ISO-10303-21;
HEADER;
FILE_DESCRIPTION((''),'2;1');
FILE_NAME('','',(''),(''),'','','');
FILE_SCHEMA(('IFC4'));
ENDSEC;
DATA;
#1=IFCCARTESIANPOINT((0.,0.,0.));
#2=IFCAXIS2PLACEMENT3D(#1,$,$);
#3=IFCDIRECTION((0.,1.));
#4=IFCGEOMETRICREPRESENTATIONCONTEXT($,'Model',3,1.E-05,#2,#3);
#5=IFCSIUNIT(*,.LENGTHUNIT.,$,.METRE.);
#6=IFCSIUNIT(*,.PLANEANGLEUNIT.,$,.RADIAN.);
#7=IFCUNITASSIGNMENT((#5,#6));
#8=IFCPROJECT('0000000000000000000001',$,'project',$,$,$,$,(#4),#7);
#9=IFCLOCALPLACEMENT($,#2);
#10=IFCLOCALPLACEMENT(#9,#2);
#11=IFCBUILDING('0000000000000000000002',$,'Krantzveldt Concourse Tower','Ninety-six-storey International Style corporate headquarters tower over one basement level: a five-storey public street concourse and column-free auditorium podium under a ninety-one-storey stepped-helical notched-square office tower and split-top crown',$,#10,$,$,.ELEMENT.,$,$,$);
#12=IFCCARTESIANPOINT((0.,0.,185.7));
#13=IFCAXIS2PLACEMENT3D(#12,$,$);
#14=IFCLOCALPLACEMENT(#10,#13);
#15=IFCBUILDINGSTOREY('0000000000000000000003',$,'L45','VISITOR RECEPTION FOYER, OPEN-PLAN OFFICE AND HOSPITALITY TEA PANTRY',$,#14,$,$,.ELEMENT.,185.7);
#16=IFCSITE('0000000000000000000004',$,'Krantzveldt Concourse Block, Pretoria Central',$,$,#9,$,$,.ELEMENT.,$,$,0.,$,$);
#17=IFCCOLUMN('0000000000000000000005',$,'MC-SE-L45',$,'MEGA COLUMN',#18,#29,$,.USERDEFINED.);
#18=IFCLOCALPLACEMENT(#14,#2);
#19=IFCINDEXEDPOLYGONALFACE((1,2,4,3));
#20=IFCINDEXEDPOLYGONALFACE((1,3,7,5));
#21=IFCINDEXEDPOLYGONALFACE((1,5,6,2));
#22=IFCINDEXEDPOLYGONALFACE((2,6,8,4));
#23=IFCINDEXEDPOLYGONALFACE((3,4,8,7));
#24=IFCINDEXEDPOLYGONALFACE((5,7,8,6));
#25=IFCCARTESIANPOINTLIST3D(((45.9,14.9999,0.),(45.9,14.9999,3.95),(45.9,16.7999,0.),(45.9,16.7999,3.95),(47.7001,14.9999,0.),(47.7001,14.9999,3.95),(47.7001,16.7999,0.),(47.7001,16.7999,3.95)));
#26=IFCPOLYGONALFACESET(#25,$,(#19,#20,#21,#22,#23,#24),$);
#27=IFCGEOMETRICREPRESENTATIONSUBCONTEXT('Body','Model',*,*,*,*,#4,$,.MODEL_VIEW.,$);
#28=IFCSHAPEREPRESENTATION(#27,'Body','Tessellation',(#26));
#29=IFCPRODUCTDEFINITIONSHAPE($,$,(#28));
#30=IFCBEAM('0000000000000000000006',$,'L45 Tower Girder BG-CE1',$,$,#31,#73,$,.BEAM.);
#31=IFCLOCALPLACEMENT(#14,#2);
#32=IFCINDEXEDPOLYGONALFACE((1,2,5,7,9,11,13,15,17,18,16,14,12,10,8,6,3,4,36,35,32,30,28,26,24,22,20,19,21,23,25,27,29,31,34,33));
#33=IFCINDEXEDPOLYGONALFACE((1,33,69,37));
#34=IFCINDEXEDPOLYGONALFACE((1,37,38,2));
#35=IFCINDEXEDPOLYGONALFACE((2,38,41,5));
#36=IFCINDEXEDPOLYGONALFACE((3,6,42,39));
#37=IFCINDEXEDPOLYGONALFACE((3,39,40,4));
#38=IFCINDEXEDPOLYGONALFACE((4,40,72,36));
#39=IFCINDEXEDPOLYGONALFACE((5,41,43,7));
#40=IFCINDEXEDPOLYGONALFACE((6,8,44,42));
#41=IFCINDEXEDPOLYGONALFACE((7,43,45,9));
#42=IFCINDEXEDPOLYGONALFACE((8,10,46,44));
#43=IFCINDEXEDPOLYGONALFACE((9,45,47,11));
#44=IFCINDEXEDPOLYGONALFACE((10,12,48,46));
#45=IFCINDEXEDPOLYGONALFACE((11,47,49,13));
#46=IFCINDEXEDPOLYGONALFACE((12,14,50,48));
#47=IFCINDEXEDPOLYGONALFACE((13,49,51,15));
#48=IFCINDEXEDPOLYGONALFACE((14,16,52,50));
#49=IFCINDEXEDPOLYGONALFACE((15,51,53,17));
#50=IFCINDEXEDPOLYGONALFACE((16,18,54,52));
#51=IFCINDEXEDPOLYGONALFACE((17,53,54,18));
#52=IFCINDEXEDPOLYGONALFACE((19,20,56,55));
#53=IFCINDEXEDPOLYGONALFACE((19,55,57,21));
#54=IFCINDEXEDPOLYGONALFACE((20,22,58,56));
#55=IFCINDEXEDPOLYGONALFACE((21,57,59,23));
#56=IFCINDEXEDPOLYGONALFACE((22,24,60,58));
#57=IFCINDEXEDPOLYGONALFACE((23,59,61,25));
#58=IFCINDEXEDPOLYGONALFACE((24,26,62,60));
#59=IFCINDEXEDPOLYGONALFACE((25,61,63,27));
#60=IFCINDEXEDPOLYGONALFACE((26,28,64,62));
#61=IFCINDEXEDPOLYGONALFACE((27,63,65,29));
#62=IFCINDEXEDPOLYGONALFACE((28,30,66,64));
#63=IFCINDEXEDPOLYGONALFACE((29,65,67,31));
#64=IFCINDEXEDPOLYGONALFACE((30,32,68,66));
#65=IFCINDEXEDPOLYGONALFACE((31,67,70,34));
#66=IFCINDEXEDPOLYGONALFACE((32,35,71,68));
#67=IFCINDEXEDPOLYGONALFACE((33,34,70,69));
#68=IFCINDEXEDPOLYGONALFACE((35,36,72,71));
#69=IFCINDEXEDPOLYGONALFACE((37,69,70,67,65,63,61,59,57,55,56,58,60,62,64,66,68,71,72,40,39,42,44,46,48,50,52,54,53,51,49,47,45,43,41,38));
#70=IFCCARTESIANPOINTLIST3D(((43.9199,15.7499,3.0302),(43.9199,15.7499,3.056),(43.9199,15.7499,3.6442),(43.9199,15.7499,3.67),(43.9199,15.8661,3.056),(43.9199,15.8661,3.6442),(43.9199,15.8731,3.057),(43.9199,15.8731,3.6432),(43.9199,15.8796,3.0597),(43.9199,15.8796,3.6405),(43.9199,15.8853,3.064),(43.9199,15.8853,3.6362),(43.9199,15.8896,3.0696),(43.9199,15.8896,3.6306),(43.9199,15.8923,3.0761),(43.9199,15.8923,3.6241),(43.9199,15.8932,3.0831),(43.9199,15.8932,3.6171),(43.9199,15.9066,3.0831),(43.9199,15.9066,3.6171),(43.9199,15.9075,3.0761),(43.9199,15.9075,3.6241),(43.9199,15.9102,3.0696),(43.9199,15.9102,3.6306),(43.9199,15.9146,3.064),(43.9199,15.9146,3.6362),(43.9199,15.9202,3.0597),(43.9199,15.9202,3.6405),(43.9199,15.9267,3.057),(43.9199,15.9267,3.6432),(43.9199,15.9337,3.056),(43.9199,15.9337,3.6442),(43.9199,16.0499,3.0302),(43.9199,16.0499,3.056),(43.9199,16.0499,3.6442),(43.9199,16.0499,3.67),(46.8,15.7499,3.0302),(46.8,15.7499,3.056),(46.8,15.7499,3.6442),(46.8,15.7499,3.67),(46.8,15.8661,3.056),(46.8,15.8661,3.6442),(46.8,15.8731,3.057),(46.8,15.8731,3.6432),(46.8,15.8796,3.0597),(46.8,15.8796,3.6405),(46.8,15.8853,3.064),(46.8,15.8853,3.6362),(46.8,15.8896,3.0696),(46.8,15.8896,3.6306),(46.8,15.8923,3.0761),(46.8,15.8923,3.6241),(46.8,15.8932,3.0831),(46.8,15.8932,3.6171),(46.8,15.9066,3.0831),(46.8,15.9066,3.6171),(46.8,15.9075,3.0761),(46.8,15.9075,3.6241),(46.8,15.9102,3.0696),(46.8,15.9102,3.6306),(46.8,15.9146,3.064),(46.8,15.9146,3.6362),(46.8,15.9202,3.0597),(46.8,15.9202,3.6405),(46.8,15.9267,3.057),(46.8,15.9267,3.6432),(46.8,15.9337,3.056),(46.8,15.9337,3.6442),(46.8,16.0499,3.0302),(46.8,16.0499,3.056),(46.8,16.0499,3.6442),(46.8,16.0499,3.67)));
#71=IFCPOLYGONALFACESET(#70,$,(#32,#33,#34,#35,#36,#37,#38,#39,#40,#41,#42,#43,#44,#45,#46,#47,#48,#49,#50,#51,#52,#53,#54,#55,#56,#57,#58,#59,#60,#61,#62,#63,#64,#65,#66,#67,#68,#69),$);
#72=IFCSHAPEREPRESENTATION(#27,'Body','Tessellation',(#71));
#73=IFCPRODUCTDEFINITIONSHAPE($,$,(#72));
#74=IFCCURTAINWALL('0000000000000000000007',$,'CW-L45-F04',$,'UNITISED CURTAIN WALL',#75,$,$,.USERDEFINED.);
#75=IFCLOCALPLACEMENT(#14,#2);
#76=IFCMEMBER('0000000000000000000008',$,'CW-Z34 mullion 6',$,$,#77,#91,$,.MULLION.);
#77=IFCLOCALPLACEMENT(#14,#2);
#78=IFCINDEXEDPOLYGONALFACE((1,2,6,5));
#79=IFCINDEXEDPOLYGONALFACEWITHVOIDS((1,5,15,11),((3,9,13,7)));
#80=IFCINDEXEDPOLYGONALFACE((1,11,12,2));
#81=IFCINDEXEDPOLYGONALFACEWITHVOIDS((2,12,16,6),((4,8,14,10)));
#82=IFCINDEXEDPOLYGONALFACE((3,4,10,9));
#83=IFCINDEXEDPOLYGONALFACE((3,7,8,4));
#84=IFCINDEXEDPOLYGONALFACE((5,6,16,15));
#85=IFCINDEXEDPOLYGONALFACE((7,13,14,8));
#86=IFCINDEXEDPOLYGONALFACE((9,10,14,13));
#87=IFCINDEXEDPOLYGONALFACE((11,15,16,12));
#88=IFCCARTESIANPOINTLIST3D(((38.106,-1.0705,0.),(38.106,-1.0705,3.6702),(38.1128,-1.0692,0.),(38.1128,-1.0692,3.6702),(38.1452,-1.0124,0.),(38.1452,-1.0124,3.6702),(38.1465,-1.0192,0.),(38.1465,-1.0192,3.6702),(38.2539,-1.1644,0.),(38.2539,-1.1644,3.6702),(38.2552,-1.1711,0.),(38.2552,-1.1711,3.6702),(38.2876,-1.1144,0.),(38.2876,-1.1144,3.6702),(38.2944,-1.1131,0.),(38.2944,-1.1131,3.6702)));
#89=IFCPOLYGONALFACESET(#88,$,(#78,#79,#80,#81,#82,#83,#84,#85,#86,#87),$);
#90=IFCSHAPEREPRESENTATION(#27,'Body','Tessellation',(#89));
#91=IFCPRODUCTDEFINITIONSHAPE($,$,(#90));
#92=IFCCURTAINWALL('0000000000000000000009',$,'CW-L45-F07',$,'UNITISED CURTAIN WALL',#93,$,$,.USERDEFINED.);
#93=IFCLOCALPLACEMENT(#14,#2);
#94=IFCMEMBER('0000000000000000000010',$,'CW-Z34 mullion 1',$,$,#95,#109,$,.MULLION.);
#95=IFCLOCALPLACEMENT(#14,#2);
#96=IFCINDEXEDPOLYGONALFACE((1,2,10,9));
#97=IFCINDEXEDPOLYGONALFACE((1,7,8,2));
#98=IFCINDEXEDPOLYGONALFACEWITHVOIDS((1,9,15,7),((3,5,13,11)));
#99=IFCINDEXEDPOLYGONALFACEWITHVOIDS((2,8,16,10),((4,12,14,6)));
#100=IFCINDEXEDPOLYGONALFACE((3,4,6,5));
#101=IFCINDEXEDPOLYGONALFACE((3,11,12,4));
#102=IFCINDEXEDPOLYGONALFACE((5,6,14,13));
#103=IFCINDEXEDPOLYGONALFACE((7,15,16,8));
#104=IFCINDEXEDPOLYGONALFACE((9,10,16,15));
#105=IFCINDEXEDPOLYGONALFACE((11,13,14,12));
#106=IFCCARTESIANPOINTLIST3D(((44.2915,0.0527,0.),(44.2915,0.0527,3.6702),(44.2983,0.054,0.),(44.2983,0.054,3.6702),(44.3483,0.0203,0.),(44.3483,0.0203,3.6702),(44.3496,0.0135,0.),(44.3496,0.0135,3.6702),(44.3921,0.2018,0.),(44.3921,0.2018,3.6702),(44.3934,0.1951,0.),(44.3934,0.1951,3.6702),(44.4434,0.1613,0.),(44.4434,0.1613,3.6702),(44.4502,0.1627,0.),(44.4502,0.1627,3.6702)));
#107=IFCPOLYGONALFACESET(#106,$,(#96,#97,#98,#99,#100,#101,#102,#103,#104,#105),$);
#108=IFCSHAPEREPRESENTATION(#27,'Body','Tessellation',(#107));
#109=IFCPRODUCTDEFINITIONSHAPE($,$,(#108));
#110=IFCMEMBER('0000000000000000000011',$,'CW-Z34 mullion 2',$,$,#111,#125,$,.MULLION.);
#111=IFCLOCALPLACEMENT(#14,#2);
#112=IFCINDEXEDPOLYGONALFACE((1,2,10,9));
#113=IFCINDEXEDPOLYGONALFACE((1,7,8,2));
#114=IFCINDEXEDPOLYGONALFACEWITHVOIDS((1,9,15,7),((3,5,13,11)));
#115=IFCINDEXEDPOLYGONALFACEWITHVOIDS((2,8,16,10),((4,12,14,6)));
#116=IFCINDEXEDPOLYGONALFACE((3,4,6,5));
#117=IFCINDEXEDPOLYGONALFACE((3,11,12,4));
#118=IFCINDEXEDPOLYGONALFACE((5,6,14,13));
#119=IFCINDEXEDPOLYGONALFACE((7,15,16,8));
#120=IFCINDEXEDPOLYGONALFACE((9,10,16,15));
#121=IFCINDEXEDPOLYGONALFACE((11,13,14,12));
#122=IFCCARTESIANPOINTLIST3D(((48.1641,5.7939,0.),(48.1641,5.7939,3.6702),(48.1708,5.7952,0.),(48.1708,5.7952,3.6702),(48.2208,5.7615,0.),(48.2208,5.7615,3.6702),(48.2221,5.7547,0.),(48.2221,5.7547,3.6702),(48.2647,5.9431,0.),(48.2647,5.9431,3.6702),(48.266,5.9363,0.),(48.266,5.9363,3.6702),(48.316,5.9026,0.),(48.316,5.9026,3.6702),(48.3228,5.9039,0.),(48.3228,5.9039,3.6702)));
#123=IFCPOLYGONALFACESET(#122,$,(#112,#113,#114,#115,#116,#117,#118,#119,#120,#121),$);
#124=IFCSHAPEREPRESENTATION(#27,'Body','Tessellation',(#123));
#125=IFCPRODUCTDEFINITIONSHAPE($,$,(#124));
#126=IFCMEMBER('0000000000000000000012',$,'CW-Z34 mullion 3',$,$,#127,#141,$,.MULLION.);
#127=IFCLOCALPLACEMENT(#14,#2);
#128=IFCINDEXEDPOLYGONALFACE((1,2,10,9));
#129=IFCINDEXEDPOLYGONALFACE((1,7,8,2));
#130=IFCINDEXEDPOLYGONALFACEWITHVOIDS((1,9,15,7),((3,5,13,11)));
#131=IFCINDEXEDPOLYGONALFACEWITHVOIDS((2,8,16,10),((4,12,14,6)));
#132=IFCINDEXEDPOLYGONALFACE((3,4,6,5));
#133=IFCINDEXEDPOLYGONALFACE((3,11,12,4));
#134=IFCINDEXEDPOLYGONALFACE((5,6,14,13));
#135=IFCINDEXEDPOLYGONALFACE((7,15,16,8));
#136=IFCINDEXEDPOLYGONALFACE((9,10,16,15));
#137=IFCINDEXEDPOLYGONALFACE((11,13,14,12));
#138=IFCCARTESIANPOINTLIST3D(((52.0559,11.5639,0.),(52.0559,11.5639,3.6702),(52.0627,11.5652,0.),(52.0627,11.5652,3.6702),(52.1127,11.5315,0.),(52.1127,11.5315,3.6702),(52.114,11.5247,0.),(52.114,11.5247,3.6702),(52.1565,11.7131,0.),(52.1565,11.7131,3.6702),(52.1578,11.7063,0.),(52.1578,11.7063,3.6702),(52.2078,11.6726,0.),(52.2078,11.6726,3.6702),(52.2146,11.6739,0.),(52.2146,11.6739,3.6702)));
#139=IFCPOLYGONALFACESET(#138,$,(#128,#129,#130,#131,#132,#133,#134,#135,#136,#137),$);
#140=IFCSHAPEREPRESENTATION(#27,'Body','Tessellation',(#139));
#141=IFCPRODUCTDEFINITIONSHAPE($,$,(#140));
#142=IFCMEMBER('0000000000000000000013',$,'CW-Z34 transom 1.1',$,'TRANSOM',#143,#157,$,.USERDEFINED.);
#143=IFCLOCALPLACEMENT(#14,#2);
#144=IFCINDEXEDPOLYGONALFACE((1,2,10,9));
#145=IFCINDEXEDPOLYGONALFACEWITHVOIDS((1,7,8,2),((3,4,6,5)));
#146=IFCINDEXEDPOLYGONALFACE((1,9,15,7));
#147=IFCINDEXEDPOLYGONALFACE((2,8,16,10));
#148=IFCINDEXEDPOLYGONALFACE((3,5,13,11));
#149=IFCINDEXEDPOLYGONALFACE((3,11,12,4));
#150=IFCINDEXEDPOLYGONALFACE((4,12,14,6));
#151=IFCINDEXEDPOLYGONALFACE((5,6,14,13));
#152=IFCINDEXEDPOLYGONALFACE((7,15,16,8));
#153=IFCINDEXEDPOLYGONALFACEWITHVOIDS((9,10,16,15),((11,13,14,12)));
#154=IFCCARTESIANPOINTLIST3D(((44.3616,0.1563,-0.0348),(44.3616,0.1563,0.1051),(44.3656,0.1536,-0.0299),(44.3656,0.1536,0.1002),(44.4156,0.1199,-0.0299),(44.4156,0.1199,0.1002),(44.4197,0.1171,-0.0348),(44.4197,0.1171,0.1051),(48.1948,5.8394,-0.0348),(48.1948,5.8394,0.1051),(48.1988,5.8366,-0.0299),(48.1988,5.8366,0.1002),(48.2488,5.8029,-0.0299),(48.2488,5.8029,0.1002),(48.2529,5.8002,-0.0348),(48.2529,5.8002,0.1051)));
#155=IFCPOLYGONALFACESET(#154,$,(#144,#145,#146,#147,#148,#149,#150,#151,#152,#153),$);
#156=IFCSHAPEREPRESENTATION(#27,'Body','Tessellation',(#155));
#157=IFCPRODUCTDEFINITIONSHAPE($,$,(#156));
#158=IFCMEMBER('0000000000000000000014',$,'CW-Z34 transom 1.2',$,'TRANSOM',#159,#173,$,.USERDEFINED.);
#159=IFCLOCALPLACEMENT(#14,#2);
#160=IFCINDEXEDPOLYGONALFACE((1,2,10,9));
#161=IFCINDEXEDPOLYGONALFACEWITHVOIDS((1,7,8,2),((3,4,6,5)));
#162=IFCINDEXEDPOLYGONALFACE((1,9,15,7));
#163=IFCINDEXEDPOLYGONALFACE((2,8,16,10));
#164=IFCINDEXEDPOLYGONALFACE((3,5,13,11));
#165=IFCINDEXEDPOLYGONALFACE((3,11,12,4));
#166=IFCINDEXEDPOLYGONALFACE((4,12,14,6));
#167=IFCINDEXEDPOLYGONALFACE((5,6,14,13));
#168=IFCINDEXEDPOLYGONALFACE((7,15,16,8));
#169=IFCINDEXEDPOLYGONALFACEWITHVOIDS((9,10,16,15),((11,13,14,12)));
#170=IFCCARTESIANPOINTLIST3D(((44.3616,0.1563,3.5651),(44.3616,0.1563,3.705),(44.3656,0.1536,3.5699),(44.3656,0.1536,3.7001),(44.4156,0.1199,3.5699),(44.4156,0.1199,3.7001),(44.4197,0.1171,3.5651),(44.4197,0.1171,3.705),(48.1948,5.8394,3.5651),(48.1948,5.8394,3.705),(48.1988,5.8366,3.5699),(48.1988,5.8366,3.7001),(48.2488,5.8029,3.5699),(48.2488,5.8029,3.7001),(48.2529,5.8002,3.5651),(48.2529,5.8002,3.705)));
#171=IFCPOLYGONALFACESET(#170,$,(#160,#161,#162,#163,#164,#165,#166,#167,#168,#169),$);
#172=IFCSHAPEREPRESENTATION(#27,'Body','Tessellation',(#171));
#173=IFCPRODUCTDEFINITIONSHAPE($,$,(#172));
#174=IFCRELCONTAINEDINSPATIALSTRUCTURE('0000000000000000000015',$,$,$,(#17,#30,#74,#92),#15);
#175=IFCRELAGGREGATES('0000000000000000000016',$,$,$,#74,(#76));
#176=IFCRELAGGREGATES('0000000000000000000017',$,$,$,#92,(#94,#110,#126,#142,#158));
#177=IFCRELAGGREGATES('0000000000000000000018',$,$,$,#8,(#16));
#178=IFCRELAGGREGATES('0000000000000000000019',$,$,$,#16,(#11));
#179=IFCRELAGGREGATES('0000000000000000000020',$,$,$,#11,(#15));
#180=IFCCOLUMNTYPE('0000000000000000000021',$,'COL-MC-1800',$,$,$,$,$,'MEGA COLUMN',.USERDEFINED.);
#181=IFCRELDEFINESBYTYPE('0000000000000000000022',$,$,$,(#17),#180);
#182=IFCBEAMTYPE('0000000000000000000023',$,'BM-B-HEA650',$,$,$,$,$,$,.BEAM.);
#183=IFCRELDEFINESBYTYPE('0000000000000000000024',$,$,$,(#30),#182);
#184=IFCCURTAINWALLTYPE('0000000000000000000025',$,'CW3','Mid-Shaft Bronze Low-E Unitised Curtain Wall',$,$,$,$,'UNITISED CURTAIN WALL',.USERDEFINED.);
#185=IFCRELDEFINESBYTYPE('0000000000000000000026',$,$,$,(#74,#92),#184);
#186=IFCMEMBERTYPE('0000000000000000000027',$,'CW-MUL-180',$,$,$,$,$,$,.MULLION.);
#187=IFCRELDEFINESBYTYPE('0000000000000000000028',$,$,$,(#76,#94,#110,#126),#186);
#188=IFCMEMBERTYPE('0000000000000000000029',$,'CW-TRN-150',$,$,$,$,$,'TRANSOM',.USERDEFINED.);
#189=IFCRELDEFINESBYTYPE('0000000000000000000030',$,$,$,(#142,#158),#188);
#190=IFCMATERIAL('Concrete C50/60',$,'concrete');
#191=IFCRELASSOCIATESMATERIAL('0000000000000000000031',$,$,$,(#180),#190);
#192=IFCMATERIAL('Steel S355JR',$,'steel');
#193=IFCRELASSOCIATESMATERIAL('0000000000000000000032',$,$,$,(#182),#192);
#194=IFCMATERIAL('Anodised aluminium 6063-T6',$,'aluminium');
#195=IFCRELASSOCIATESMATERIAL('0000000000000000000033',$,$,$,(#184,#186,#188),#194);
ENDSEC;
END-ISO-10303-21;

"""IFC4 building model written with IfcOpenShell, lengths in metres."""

from ifc_helpers import new_model, si_unit, direction, frame, origin, origin_2d, place, context, subcontext, project, spatial, rectangle, hollow_rectangle, i_section, extrude, source, transform, mapped, material, material_profile, profile_set, type_object, type_shapes, element, aggregate, save


model = new_model("IFC4")

# Units and contexts
model_context = context("Model", 3, precision=1e-05, world=origin(), true_north=direction((0.0, 1.0)))
body_context = subcontext(model_context, "Body", "Model", "MODEL_VIEW")
ifc_project = project(units=[si_unit("LENGTHUNIT", "METRE"), si_unit("PLANEANGLEUNIT", "RADIAN")], contexts=[model_context])

# Site, building, storey
site_placement = place(None, origin())
site = spatial("IfcSite", under=ifc_project, at=site_placement, Name="Krantzveldt Concourse Block, Pretoria Central", CompositionType="ELEMENT", RefElevation=0.0)
building_placement = place(site_placement, origin())
building = spatial("IfcBuilding", under=site, at=building_placement, Name="Krantzveldt Concourse Tower", Description="Ninety-six-storey International Style corporate headquarters tower over one basement level: a five-storey public street concourse and column-free auditorium podium under a ninety-one-storey stepped-helical notched-square office tower and split-top crown", CompositionType="ELEMENT")
storey_placement = place(building_placement, frame((0.0, 0.0, 185.7)))
storey = spatial("IfcBuildingStorey", under=building, at=storey_placement, Name="L45", Description="VISITOR RECEPTION FOYER, OPEN-PLAN OFFICE AND HOSPITALITY TEA PANTRY", CompositionType="ELEMENT", Elevation=185.7)

# Column
ifc_material_1 = material(Name="Concrete C50/60", Category="concrete")
ifc_material_profile_1 = material_profile(ifc_material_1, rectangle(XDim=1.8, YDim=1.8, at=origin_2d()), Name="Concrete C50/60", Category="concrete")
ifc_profile_set_1 = profile_set([ifc_material_profile_1], Name="Concrete C50/60 - RC 1800x1800")
column_type = type_object("IfcColumnType", Name="COL-MC-1800", ElementType="MEGA COLUMN", PredefinedType="USERDEFINED", material=ifc_profile_set_1)
shared_shape_1 = source(origin(), body_context, "Body", "SweptSolid", [
    extrude(rectangle(XDim=1.8, YDim=1.8, at=origin_2d()), origin(), (0.0, 0.0, 1.0), 3.95),
])
type_shapes(column_type, [shared_shape_1])
column_placement = place(storey_placement, frame((46.8, 15.8999, 0.0), z_axis=(0.0, 0.0, 1.0), x_axis=(1.0, 0.0, 0.0)))
element("IfcColumn", 1, at=column_placement, inside=storey, type_object=column_type, Name="MC-SE-L45", ObjectType="MEGA COLUMN", PredefinedType="USERDEFINED", context=body_context, shape_type="MappedRepresentation", body=[
    mapped(shared_shape_1, transform((0.0, 0.0, 0.0), x_axis=(1.0, 0.0, 0.0), y_axis=(0.0, 1.0, 0.0), z_axis=(0.0, 0.0, 1.0), scale=1.0)),
])

# Beam
ifc_material_2 = material(Name="Steel S355JR", Category="steel")
ifc_material_profile_2 = material_profile(ifc_material_2, i_section(OverallWidth=0.3, OverallDepth=0.6399, WebThickness=0.0134, FlangeThickness=0.0259, FilletRadius=0.0271, at=origin_2d()), Name="Steel S355JR", Category="steel")
ifc_profile_set_2 = profile_set([ifc_material_profile_2], Name="Steel S355JR - HEA 650")
beam_type = type_object("IfcBeamType", Name="BM-B-HEA650", PredefinedType="BEAM", material=ifc_profile_set_2)
shared_shape_2 = source(origin(), body_context, "Body", "SweptSolid", [
    extrude(i_section(OverallWidth=0.3, OverallDepth=0.6399, WebThickness=0.0134, FlangeThickness=0.0259, FilletRadius=0.0271, at=origin_2d()), origin(), (0.0, 0.0, 1.0), 2.8801),
])
type_shapes(beam_type, [shared_shape_2])
beam_placement = place(storey_placement, frame((43.9199, 15.8999, 3.3501), z_axis=(1.0, 0.0, 0.0), x_axis=(0.0, 1.0, 0.0)))
element("IfcBeam", 2, at=beam_placement, inside=storey, type_object=beam_type, Name="L45 Tower Girder BG-CE1", PredefinedType="BEAM", context=body_context, shape_type="MappedRepresentation", body=[
    mapped(shared_shape_2, transform((0.0, 0.0, 0.0), x_axis=(1.0, 0.0, 0.0), y_axis=(0.0, 1.0, 0.0), z_axis=(0.0, 0.0, 1.0), scale=1.0)),
])

# Curtain wall, member
ifc_material_3 = material(Name="Anodised aluminium 6063-T6", Category="aluminium")
curtain_wall_type = type_object("IfcCurtainWallType", Name="CW3", Description="Mid-Shaft Bronze Low-E Unitised Curtain Wall", ElementType="UNITISED CURTAIN WALL", PredefinedType="USERDEFINED", material=ifc_material_3)
curtain_wall_1_placement = place(storey_placement, origin())
curtain_wall_1 = element("IfcCurtainWall", 3, at=curtain_wall_1_placement, inside=storey, type_object=curtain_wall_type, Name="CW-L45-F04", ObjectType="UNITISED CURTAIN WALL", PredefinedType="USERDEFINED")
ifc_material_profile_3 = material_profile(ifc_material_3, hollow_rectangle(XDim=0.0701, YDim=0.1799, WallThickness=0.0049, at=origin_2d()), Name="Anodised aluminium 6063-T6", Category="aluminium")
ifc_profile_set_3 = profile_set([ifc_material_profile_3], Name="Anodised aluminium 6063-T6 - ALU-MULL 180x70x5")
member_type_1 = type_object("IfcMemberType", Name="CW-MUL-180", PredefinedType="MULLION", material=ifc_profile_set_3)
shared_shape_3 = source(origin(), body_context, "Body", "SweptSolid", [
    extrude(hollow_rectangle(XDim=0.0701, YDim=0.1799, WallThickness=0.0049, at=origin_2d()), origin(), (0.0, 0.0, 1.0), 3.6702),
])
type_shapes(member_type_1, [shared_shape_3])
member_1_placement = place(storey_placement, frame((38.2002, -1.0918, 0.0), z_axis=(0.0, 0.0, 1.0), x_axis=(0.559193, 0.829038, 0.0)))
member_1 = element("IfcMember", 4, at=member_1_placement, type_object=member_type_1, Name="CW-Z34 mullion 6", PredefinedType="MULLION", context=body_context, shape_type="MappedRepresentation", body=[
    mapped(shared_shape_3, transform((0.0, 0.0, 0.0), x_axis=(1.0, 0.0, 0.0), y_axis=(0.0, 1.0, 0.0), z_axis=(0.0, 0.0, 1.0), scale=1.0)),
])

# Curtain wall, members
curtain_wall_2_placement = place(storey_placement, origin())
curtain_wall_2 = element("IfcCurtainWall", 5, at=curtain_wall_2_placement, inside=storey, type_object=curtain_wall_type, Name="CW-L45-F07", ObjectType="UNITISED CURTAIN WALL", PredefinedType="USERDEFINED")
member_2_placement = place(storey_placement, frame((44.3708, 0.1077, 0.0), z_axis=(0.0, 0.0, 1.0), x_axis=(-0.829038, 0.559193, 0.0)))
member_2 = element("IfcMember", 6, at=member_2_placement, type_object=member_type_1, Name="CW-Z34 mullion 1", PredefinedType="MULLION", context=body_context, shape_type="MappedRepresentation", body=[
    mapped(shared_shape_3, transform((0.0, 0.0, 0.0), x_axis=(1.0, 0.0, 0.0), y_axis=(0.0, 1.0, 0.0), z_axis=(0.0, 0.0, 1.0), scale=1.0)),
])
member_3_placement = place(storey_placement, frame((48.2434, 5.8489, 0.0), z_axis=(0.0, 0.0, 1.0), x_axis=(-0.829038, 0.559193, 0.0)))
member_3 = element("IfcMember", 7, at=member_3_placement, type_object=member_type_1, Name="CW-Z34 mullion 2", PredefinedType="MULLION", context=body_context, shape_type="MappedRepresentation", body=[
    mapped(shared_shape_3, transform((0.0, 0.0, 0.0), x_axis=(1.0, 0.0, 0.0), y_axis=(0.0, 1.0, 0.0), z_axis=(0.0, 0.0, 1.0), scale=1.0)),
])
member_4_placement = place(storey_placement, frame((52.1353, 11.6189, 0.0), z_axis=(0.0, 0.0, 1.0), x_axis=(-0.829038, 0.559193, 0.0)))
member_4 = element("IfcMember", 8, at=member_4_placement, type_object=member_type_1, Name="CW-Z34 mullion 3", PredefinedType="MULLION", context=body_context, shape_type="MappedRepresentation", body=[
    mapped(shared_shape_3, transform((0.0, 0.0, 0.0), x_axis=(1.0, 0.0, 0.0), y_axis=(0.0, 1.0, 0.0), z_axis=(0.0, 0.0, 1.0), scale=1.0)),
])
ifc_material_profile_4 = material_profile(ifc_material_3, hollow_rectangle(XDim=0.0701, YDim=0.1399, WallThickness=0.0049, at=origin_2d()), Name="Anodised aluminium 6063-T6", Category="aluminium")
ifc_profile_set_4 = profile_set([ifc_material_profile_4], Name="Anodised aluminium 6063-T6 - ALU-TRAN 140x70x5")
member_type_2 = type_object("IfcMemberType", Name="CW-TRN-150", ElementType="TRANSOM", PredefinedType="USERDEFINED", material=ifc_profile_set_4)
shared_shape_4 = source(origin(), body_context, "Body", "SweptSolid", [
    extrude(hollow_rectangle(XDim=0.0701, YDim=0.1399, WallThickness=0.0049, at=origin_2d()), origin(), (0.0, 0.0, 1.0), 6.855),
])
member_5_placement = place(storey_placement, frame((44.3906, 0.1367, 0.0352), z_axis=(0.559188, 0.829041, 0.0), x_axis=(-0.829041, 0.559188, 0.0)))
member_5 = element("IfcMember", 9, at=member_5_placement, type_object=member_type_2, Name="CW-Z34 transom 1.1", ObjectType="TRANSOM", PredefinedType="USERDEFINED", context=body_context, shape_type="MappedRepresentation", body=[
    mapped(shared_shape_4, transform((0.0, 0.0, 0.0), x_axis=(1.0, 0.0, 0.0), y_axis=(0.0, 1.0, 0.0), z_axis=(0.0, 0.0, 1.0), scale=1.0)),
])
member_6_placement = place(storey_placement, frame((44.3906, 0.1367, 3.635), z_axis=(0.559188, 0.829041, 0.0), x_axis=(-0.829041, 0.559188, 0.0)))
member_6 = element("IfcMember", 10, at=member_6_placement, type_object=member_type_2, Name="CW-Z34 transom 1.2", ObjectType="TRANSOM", PredefinedType="USERDEFINED", context=body_context, shape_type="MappedRepresentation", body=[
    mapped(shared_shape_4, transform((0.0, 0.0, 0.0), x_axis=(1.0, 0.0, 0.0), y_axis=(0.0, 1.0, 0.0), z_axis=(0.0, 0.0, 1.0), scale=1.0)),
])

aggregate(curtain_wall_1, [member_1])
aggregate(curtain_wall_2, [member_2, member_3, member_4, member_5, member_6])

save(model, "model.ifc")
